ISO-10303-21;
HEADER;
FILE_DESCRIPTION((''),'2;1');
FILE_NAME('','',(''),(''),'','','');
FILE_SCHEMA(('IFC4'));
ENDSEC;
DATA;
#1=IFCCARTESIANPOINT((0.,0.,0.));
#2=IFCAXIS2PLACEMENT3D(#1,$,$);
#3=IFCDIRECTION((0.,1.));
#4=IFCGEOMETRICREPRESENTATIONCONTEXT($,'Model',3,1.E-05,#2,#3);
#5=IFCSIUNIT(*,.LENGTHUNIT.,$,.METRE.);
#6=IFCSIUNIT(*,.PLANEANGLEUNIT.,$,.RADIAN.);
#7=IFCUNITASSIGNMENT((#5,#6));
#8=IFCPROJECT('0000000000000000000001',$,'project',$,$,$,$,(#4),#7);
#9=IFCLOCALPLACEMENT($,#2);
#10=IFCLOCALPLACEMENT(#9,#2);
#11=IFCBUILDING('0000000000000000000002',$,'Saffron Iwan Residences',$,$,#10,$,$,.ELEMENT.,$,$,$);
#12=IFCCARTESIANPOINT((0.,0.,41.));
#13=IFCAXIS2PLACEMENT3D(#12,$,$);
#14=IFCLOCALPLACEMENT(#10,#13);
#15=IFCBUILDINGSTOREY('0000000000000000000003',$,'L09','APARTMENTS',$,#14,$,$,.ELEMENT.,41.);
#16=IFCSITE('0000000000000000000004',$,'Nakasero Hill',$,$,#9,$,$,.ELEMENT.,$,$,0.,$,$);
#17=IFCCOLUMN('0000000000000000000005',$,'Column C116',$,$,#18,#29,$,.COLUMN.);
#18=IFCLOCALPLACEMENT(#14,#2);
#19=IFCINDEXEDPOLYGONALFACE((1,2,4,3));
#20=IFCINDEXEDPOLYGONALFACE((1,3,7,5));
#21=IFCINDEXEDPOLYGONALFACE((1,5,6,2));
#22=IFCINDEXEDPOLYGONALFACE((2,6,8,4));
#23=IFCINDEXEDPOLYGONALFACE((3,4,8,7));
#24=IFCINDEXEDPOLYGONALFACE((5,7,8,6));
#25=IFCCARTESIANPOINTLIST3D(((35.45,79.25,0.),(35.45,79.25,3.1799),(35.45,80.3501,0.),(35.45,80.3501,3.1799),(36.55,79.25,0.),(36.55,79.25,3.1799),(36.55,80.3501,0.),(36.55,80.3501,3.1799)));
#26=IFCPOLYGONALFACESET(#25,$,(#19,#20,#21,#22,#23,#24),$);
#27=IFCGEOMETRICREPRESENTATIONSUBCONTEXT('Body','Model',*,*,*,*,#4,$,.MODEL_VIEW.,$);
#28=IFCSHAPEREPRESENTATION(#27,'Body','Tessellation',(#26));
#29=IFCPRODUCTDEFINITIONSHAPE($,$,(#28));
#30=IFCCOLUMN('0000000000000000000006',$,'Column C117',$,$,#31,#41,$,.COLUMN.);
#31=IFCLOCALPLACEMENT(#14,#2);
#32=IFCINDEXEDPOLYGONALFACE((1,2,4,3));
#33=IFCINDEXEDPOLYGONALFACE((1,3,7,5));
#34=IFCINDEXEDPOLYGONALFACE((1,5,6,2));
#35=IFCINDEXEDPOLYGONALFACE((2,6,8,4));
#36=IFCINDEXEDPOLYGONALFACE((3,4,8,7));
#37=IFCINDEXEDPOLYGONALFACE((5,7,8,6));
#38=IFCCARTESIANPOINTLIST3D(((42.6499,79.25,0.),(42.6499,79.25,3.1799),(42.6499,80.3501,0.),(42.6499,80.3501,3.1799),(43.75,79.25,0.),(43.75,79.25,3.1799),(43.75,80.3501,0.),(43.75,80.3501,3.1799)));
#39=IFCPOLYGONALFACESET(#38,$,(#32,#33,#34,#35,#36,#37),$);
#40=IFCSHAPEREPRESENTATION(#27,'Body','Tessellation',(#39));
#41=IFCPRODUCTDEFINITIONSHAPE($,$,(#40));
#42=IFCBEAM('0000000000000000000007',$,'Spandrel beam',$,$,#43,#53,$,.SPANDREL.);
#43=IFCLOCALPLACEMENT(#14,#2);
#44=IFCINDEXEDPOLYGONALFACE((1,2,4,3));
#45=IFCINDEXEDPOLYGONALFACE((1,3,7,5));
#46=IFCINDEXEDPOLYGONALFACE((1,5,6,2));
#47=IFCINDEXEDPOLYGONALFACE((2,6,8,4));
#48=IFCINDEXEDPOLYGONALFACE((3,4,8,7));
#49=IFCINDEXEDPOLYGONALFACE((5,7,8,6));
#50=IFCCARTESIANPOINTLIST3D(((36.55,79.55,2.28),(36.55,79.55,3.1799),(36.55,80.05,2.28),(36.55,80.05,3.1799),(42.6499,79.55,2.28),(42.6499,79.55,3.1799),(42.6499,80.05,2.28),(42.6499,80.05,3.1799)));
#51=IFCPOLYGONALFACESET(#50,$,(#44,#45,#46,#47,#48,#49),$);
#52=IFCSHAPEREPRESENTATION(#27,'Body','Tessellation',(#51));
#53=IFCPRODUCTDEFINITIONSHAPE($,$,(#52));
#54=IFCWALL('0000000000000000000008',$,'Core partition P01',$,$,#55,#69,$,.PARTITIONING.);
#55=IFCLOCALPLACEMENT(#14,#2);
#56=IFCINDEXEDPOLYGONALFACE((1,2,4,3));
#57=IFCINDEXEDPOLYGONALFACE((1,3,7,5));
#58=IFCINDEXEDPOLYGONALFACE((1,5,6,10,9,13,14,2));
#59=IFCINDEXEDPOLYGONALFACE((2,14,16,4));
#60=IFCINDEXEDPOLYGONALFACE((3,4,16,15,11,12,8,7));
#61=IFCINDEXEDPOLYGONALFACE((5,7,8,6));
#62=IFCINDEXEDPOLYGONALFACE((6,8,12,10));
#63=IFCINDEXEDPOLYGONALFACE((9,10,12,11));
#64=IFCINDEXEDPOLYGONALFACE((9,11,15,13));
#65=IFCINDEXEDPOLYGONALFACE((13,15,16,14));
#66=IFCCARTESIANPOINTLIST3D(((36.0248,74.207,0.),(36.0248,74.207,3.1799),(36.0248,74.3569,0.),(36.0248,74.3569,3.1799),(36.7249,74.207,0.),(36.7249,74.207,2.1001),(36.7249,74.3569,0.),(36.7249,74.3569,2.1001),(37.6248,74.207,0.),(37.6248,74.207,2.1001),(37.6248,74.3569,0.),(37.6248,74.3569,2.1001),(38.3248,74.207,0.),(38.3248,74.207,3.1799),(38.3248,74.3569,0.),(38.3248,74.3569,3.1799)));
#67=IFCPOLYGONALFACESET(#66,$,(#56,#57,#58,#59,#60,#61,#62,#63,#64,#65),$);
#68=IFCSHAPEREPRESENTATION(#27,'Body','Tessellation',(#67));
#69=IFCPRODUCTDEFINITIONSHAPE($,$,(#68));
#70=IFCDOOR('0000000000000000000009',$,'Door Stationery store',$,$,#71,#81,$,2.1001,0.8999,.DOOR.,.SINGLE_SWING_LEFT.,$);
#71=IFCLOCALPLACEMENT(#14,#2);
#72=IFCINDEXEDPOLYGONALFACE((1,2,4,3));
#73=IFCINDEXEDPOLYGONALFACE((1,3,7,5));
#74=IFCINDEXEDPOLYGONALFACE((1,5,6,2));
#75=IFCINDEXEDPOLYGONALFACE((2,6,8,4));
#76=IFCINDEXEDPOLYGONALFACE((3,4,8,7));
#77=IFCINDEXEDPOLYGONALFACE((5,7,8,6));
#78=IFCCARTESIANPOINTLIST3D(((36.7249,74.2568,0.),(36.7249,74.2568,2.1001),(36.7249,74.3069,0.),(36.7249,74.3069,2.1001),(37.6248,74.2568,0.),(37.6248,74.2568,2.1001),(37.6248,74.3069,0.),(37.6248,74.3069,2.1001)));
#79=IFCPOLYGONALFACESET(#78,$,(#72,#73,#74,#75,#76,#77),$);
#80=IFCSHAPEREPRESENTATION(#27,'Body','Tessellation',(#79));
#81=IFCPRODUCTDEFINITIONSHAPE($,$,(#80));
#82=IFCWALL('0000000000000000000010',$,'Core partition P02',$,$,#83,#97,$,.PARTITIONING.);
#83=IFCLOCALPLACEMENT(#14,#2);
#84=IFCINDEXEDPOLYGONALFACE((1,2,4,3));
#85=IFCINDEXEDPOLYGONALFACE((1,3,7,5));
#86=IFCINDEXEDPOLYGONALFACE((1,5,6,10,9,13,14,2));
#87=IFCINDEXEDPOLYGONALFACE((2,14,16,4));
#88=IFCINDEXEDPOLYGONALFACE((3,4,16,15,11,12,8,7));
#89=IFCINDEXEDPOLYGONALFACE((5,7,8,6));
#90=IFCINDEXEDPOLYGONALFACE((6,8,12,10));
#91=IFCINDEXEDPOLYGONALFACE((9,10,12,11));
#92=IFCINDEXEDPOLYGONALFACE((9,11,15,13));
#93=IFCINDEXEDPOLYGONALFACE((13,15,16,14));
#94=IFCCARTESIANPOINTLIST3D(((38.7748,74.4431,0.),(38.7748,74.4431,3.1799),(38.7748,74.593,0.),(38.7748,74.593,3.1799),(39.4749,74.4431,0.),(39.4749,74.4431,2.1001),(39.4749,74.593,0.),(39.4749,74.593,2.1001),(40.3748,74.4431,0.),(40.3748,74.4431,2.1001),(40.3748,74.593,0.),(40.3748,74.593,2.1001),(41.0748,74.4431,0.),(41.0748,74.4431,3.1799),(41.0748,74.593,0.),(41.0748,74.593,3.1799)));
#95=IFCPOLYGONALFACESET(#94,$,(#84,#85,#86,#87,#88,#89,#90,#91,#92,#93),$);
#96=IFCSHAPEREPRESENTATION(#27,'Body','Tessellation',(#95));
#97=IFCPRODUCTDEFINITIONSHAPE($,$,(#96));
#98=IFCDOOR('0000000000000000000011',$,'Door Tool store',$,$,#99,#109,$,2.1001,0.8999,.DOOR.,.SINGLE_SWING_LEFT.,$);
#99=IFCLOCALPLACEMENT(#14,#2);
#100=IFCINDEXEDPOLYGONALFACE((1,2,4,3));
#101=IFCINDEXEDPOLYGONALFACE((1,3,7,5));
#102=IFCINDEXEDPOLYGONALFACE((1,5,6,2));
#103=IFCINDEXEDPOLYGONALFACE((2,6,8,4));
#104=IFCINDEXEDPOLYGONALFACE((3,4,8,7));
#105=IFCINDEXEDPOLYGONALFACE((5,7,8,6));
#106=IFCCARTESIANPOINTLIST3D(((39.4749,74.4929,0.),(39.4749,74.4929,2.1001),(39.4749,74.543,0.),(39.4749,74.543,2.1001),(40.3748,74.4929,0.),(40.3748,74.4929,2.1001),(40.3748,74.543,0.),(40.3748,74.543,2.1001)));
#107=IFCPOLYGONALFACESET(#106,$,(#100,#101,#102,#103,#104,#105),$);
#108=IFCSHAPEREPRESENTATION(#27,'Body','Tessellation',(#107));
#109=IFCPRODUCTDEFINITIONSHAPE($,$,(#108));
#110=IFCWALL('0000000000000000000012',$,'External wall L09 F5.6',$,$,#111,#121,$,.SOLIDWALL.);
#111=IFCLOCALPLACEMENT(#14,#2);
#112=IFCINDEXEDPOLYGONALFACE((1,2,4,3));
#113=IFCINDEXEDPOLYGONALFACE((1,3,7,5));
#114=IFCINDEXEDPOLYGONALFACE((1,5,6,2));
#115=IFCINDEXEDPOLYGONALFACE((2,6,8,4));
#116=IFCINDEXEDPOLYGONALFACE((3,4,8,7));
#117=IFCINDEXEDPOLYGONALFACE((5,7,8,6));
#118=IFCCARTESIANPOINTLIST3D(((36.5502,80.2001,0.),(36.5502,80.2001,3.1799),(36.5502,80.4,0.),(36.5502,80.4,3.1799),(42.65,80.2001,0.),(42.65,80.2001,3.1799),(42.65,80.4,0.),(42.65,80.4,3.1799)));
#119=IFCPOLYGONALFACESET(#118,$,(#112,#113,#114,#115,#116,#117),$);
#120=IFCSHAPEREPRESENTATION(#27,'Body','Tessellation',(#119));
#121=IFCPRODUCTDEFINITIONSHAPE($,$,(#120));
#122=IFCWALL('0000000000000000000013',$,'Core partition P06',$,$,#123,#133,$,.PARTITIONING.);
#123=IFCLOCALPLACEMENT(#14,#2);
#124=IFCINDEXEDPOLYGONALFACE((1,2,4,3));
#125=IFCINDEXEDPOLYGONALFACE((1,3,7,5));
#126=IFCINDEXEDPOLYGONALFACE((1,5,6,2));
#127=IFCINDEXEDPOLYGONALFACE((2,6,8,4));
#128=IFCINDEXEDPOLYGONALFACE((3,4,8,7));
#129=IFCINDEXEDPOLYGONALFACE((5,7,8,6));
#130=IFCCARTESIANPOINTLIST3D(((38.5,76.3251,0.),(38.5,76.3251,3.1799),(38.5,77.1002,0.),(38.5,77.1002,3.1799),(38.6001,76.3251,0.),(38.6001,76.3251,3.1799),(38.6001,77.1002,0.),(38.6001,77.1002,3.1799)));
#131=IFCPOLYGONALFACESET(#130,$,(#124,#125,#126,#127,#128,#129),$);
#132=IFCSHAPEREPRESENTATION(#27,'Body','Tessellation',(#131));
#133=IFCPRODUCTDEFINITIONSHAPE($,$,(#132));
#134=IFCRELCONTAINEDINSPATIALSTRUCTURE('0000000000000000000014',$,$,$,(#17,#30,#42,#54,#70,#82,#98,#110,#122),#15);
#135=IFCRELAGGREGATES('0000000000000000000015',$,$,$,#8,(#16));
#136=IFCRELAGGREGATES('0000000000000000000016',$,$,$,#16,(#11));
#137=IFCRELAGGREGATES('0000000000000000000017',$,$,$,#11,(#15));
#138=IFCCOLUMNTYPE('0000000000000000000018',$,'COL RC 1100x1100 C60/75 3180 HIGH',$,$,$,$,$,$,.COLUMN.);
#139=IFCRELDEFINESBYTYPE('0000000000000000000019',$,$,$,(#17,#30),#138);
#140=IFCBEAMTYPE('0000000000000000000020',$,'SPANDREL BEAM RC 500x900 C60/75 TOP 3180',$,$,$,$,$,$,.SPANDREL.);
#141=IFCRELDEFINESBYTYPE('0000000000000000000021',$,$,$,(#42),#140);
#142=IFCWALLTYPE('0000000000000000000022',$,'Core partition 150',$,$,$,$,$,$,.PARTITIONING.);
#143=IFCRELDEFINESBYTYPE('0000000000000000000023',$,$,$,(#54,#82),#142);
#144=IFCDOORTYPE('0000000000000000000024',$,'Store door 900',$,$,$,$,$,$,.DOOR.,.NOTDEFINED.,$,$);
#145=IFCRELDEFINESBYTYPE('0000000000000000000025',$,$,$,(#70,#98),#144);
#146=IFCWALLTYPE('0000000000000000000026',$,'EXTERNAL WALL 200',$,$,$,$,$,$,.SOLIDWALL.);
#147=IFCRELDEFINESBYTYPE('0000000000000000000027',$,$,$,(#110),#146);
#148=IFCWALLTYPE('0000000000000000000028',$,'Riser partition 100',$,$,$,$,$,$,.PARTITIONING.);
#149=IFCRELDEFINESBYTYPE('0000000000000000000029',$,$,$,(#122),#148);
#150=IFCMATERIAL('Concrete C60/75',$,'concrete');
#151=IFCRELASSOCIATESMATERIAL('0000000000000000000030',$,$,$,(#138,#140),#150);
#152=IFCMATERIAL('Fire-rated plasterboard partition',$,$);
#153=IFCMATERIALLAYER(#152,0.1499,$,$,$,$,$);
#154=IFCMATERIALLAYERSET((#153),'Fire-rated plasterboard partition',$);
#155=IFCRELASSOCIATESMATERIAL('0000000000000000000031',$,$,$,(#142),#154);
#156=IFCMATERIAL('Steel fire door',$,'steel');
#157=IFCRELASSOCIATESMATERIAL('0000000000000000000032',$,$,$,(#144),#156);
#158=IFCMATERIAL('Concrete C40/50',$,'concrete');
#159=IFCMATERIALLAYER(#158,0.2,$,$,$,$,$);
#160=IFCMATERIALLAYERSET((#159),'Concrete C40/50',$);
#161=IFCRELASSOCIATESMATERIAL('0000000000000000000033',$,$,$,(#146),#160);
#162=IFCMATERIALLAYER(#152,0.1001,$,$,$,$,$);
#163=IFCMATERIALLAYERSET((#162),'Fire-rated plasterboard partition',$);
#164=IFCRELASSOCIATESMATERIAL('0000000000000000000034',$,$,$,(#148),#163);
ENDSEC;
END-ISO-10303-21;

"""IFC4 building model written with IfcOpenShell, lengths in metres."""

from ifc_helpers import new_model, si_unit, direction, frame, frame_2d, origin, origin_2d, place, context, subcontext, project, spatial, rectangle, extrude, source, transform, mapped, material, layer, layer_set, material_profile, profile_set, type_object, element, fill, save


model = new_model("IFC4")

# Units and contexts
model_context = context("Model", 3, precision=1e-05, world=origin(), true_north=direction((0.0, 1.0)))
body_context = subcontext(model_context, "Body", "Model", "MODEL_VIEW")
ifc_project = project(units=[si_unit("LENGTHUNIT", "METRE"), si_unit("PLANEANGLEUNIT", "RADIAN")], contexts=[model_context])

# Site, building, storey
site_placement = place(None, origin())
site = spatial("IfcSite", under=ifc_project, at=site_placement, Name="Nakasero Hill", CompositionType="ELEMENT", RefElevation=0.0)
building_placement = place(site_placement, origin())
building = spatial("IfcBuilding", under=site, at=building_placement, Name="Saffron Iwan Residences", CompositionType="ELEMENT")
storey_placement = place(building_placement, frame((0.0, 0.0, 41.0)))
storey = spatial("IfcBuildingStorey", under=building, at=storey_placement, Name="L09", Description="APARTMENTS", CompositionType="ELEMENT", Elevation=41.0)

# Columns
ifc_material_1 = material(Name="Concrete C60/75", Category="concrete")
ifc_material_profile_1 = material_profile(ifc_material_1, rectangle(XDim=1.1001, YDim=1.1001, at=origin_2d()), Name="RC 1100x1100")
ifc_profile_set_1 = profile_set([ifc_material_profile_1], Name="Concrete C60/75")
column_type = type_object("IfcColumnType", Name="COL RC 1100x1100 C60/75 3180 HIGH", PredefinedType="COLUMN", material=ifc_profile_set_1)
shared_shape_1 = source(origin(), body_context, "Body", "SweptSolid", [
    extrude(rectangle(XDim=1.1001, YDim=1.1001, at=origin_2d()), origin(), (0.0, 0.0, 1.0), 3.1799),
])
for number, where, z_axis, x_axis, name in (
    (1, (36.0, 79.8, 0.0), (0.0, 0.0, 1.0), (1.0, 0.0, 0.0), "Column C116"),
    (2, (43.2, 79.8, 0.0), (0.0, 0.0, 1.0), (1.0, 0.0, 0.0), "Column C117"),
):
    element("IfcColumn", number, at=place(storey_placement, frame(where, z_axis=z_axis, x_axis=x_axis)), inside=storey, type_object=column_type, Name=name, PredefinedType="COLUMN", context=body_context, shape_type="MappedRepresentation", body=[
        mapped(shared_shape_1, transform((0.0, 0.0, 0.0))),
    ])

# Beam
ifc_material_profile_2 = material_profile(ifc_material_1, rectangle(XDim=0.5, YDim=0.8999, at=origin_2d()), Name="RC 500x900")
ifc_profile_set_2 = profile_set([ifc_material_profile_2], Name="Concrete C60/75")
beam_type = type_object("IfcBeamType", Name="SPANDREL BEAM RC 500x900 C60/75 TOP 3180", PredefinedType="SPANDREL", material=ifc_profile_set_2)
shared_shape_2 = source(origin(), body_context, "Body", "SweptSolid", [
    extrude(rectangle(XDim=0.5, YDim=0.8999, at=origin_2d()), origin(), (0.0, 0.0, 1.0), 6.0999),
])
beam_placement = place(storey_placement, frame((36.55, 79.8, 2.73), z_axis=(1.0, 0.0, 0.0), x_axis=(0.0, 1.0, 0.0)))
element("IfcBeam", 3, at=beam_placement, inside=storey, type_object=beam_type, Name="Spandrel beam", PredefinedType="SPANDREL", context=body_context, shape_type="MappedRepresentation", body=[
    mapped(shared_shape_2, transform((0.0, 0.0, 0.0))),
])

# Walls, openings, doors
ifc_material_2 = material(Name="Fire-rated plasterboard partition")
ifc_layer_1 = layer(ifc_material_2, 0.1499)
ifc_layer_set_1 = layer_set([ifc_layer_1], Name="Fire-rated plasterboard partition")
wall_type_1 = type_object("IfcWallType", Name="Core partition 150", PredefinedType="PARTITIONING", material=ifc_layer_set_1)
wall_1_placement = place(storey_placement, frame((36.0249, 74.282, 0.0), z_axis=(0.0, 0.0, 1.0), x_axis=(1.0, 0.0, 0.0)))
wall_1 = element("IfcWall", 4, at=wall_1_placement, inside=storey, type_object=wall_type_1, Name="Core partition P01", PredefinedType="PARTITIONING", context=body_context, shape_type="SweptSolid", body=[
    extrude(rectangle(XDim=2.3, YDim=0.1499, at=frame_2d((1.1499, 0.0))), origin(), (0.0, 0.0, 1.0), 3.1799),
])
opening_1_placement = place(wall_1_placement, frame((0.7, 0.0, 0.0)))
opening_1 = element("IfcOpeningElement", 5, at=opening_1_placement, cuts=wall_1, PredefinedType="OPENING", context=body_context, shape_type="SweptSolid", body=[
    extrude(rectangle(XDim=0.8999, YDim=2.1001, at=frame_2d((0.45, 1.05))), frame((0.0, 0.085, 0.0), z_axis=(0.0, -1.0, 0.0), x_axis=(1.0, 0.0, 0.0)), (0.0, 0.0, 1.0), 0.1699),
])
ifc_material_3 = material(Name="Steel fire door", Category="steel")
door_type_1 = type_object("IfcDoorType", Name="Store door 900", OperationType="NOTDEFINED", PredefinedType="DOOR", material=ifc_material_3)
door_1_placement = place(opening_1_placement, origin())
door_1 = element("IfcDoor", 6, at=door_1_placement, inside=storey, type_object=door_type_1, Name="Door Stationery store", OperationType="SINGLE_SWING_LEFT", OverallHeight=2.1001, OverallWidth=0.8999, PredefinedType="DOOR", context=body_context, shape_type="SweptSolid", body=[
    extrude(rectangle(XDim=0.8999, YDim=2.1001, at=frame_2d((0.45, 1.05))), frame((0.0, 0.0249, 0.0), z_axis=(0.0, -1.0, 0.0), x_axis=(1.0, 0.0, 0.0)), (0.0, 0.0, 1.0), 0.05),
])
fill(opening_1, door_1)
wall_2_placement = place(storey_placement, frame((38.7749, 74.5181, 0.0), z_axis=(0.0, 0.0, 1.0), x_axis=(1.0, 0.0, 0.0)))
wall_2 = element("IfcWall", 7, at=wall_2_placement, inside=storey, type_object=wall_type_1, Name="Core partition P02", PredefinedType="PARTITIONING", context=body_context, shape_type="SweptSolid", body=[
    extrude(rectangle(XDim=2.3, YDim=0.1499, at=frame_2d((1.1499, 0.0))), origin(), (0.0, 0.0, 1.0), 3.1799),
])
opening_2_placement = place(wall_2_placement, frame((0.7, 0.0, 0.0)))
opening_2 = element("IfcOpeningElement", 8, at=opening_2_placement, cuts=wall_2, PredefinedType="OPENING", context=body_context, shape_type="SweptSolid", body=[
    extrude(rectangle(XDim=0.8999, YDim=2.1001, at=frame_2d((0.45, 1.05))), frame((0.0, 0.085, 0.0), z_axis=(0.0, -1.0, 0.0), x_axis=(1.0, 0.0, 0.0)), (0.0, 0.0, 1.0), 0.1699),
])
door_2_placement = place(opening_2_placement, origin())
door_2 = element("IfcDoor", 9, at=door_2_placement, inside=storey, type_object=door_type_1, Name="Door Tool store", OperationType="SINGLE_SWING_LEFT", OverallHeight=2.1001, OverallWidth=0.8999, PredefinedType="DOOR", context=body_context, shape_type="SweptSolid", body=[
    extrude(rectangle(XDim=0.8999, YDim=2.1001, at=frame_2d((0.45, 1.05))), frame((0.0, 0.0249, 0.0), z_axis=(0.0, -1.0, 0.0), x_axis=(1.0, 0.0, 0.0)), (0.0, 0.0, 1.0), 0.05),
])
fill(opening_2, door_2)

# Walls
ifc_material_4 = material(Name="Concrete C40/50", Category="concrete")
ifc_layer_2 = layer(ifc_material_4, 0.2)
ifc_layer_set_2 = layer_set([ifc_layer_2], Name="Concrete C40/50")
wall_type_2 = type_object("IfcWallType", Name="EXTERNAL WALL 200", PredefinedType="SOLIDWALL", material=ifc_layer_set_2)
wall_3_placement = place(storey_placement, frame((42.6499, 80.3, 0.0), z_axis=(0.0, 0.0, 1.0), x_axis=(-1.0, 0.0, 0.0)))
element("IfcWall", 10, at=wall_3_placement, inside=storey, type_object=wall_type_2, Name="External wall L09 F5.6", PredefinedType="SOLIDWALL", context=body_context, shape_type="SweptSolid", body=[
    extrude(rectangle(XDim=6.0999, YDim=0.2, at=frame_2d((3.0498, 0.0))), origin(), (0.0, 0.0, 1.0), 3.1799),
])
ifc_layer_3 = layer(ifc_material_2, 0.1001)
ifc_layer_set_3 = layer_set([ifc_layer_3], Name="Fire-rated plasterboard partition")
wall_type_3 = type_object("IfcWallType", Name="Riser partition 100", PredefinedType="PARTITIONING", material=ifc_layer_set_3)
wall_4_placement = place(storey_placement, frame((38.55, 76.325, 0.0), z_axis=(0.0, 0.0, 1.0), x_axis=(0.0, 1.0, 0.0)))
element("IfcWall", 11, at=wall_4_placement, inside=storey, type_object=wall_type_3, Name="Core partition P06", PredefinedType="PARTITIONING", context=body_context, shape_type="SweptSolid", body=[
    extrude(rectangle(XDim=0.7751, YDim=0.1001, at=frame_2d((0.3877, 0.0))), origin(), (0.0, 0.0, 1.0), 3.1799),
])

save(model, "model.ifc")
